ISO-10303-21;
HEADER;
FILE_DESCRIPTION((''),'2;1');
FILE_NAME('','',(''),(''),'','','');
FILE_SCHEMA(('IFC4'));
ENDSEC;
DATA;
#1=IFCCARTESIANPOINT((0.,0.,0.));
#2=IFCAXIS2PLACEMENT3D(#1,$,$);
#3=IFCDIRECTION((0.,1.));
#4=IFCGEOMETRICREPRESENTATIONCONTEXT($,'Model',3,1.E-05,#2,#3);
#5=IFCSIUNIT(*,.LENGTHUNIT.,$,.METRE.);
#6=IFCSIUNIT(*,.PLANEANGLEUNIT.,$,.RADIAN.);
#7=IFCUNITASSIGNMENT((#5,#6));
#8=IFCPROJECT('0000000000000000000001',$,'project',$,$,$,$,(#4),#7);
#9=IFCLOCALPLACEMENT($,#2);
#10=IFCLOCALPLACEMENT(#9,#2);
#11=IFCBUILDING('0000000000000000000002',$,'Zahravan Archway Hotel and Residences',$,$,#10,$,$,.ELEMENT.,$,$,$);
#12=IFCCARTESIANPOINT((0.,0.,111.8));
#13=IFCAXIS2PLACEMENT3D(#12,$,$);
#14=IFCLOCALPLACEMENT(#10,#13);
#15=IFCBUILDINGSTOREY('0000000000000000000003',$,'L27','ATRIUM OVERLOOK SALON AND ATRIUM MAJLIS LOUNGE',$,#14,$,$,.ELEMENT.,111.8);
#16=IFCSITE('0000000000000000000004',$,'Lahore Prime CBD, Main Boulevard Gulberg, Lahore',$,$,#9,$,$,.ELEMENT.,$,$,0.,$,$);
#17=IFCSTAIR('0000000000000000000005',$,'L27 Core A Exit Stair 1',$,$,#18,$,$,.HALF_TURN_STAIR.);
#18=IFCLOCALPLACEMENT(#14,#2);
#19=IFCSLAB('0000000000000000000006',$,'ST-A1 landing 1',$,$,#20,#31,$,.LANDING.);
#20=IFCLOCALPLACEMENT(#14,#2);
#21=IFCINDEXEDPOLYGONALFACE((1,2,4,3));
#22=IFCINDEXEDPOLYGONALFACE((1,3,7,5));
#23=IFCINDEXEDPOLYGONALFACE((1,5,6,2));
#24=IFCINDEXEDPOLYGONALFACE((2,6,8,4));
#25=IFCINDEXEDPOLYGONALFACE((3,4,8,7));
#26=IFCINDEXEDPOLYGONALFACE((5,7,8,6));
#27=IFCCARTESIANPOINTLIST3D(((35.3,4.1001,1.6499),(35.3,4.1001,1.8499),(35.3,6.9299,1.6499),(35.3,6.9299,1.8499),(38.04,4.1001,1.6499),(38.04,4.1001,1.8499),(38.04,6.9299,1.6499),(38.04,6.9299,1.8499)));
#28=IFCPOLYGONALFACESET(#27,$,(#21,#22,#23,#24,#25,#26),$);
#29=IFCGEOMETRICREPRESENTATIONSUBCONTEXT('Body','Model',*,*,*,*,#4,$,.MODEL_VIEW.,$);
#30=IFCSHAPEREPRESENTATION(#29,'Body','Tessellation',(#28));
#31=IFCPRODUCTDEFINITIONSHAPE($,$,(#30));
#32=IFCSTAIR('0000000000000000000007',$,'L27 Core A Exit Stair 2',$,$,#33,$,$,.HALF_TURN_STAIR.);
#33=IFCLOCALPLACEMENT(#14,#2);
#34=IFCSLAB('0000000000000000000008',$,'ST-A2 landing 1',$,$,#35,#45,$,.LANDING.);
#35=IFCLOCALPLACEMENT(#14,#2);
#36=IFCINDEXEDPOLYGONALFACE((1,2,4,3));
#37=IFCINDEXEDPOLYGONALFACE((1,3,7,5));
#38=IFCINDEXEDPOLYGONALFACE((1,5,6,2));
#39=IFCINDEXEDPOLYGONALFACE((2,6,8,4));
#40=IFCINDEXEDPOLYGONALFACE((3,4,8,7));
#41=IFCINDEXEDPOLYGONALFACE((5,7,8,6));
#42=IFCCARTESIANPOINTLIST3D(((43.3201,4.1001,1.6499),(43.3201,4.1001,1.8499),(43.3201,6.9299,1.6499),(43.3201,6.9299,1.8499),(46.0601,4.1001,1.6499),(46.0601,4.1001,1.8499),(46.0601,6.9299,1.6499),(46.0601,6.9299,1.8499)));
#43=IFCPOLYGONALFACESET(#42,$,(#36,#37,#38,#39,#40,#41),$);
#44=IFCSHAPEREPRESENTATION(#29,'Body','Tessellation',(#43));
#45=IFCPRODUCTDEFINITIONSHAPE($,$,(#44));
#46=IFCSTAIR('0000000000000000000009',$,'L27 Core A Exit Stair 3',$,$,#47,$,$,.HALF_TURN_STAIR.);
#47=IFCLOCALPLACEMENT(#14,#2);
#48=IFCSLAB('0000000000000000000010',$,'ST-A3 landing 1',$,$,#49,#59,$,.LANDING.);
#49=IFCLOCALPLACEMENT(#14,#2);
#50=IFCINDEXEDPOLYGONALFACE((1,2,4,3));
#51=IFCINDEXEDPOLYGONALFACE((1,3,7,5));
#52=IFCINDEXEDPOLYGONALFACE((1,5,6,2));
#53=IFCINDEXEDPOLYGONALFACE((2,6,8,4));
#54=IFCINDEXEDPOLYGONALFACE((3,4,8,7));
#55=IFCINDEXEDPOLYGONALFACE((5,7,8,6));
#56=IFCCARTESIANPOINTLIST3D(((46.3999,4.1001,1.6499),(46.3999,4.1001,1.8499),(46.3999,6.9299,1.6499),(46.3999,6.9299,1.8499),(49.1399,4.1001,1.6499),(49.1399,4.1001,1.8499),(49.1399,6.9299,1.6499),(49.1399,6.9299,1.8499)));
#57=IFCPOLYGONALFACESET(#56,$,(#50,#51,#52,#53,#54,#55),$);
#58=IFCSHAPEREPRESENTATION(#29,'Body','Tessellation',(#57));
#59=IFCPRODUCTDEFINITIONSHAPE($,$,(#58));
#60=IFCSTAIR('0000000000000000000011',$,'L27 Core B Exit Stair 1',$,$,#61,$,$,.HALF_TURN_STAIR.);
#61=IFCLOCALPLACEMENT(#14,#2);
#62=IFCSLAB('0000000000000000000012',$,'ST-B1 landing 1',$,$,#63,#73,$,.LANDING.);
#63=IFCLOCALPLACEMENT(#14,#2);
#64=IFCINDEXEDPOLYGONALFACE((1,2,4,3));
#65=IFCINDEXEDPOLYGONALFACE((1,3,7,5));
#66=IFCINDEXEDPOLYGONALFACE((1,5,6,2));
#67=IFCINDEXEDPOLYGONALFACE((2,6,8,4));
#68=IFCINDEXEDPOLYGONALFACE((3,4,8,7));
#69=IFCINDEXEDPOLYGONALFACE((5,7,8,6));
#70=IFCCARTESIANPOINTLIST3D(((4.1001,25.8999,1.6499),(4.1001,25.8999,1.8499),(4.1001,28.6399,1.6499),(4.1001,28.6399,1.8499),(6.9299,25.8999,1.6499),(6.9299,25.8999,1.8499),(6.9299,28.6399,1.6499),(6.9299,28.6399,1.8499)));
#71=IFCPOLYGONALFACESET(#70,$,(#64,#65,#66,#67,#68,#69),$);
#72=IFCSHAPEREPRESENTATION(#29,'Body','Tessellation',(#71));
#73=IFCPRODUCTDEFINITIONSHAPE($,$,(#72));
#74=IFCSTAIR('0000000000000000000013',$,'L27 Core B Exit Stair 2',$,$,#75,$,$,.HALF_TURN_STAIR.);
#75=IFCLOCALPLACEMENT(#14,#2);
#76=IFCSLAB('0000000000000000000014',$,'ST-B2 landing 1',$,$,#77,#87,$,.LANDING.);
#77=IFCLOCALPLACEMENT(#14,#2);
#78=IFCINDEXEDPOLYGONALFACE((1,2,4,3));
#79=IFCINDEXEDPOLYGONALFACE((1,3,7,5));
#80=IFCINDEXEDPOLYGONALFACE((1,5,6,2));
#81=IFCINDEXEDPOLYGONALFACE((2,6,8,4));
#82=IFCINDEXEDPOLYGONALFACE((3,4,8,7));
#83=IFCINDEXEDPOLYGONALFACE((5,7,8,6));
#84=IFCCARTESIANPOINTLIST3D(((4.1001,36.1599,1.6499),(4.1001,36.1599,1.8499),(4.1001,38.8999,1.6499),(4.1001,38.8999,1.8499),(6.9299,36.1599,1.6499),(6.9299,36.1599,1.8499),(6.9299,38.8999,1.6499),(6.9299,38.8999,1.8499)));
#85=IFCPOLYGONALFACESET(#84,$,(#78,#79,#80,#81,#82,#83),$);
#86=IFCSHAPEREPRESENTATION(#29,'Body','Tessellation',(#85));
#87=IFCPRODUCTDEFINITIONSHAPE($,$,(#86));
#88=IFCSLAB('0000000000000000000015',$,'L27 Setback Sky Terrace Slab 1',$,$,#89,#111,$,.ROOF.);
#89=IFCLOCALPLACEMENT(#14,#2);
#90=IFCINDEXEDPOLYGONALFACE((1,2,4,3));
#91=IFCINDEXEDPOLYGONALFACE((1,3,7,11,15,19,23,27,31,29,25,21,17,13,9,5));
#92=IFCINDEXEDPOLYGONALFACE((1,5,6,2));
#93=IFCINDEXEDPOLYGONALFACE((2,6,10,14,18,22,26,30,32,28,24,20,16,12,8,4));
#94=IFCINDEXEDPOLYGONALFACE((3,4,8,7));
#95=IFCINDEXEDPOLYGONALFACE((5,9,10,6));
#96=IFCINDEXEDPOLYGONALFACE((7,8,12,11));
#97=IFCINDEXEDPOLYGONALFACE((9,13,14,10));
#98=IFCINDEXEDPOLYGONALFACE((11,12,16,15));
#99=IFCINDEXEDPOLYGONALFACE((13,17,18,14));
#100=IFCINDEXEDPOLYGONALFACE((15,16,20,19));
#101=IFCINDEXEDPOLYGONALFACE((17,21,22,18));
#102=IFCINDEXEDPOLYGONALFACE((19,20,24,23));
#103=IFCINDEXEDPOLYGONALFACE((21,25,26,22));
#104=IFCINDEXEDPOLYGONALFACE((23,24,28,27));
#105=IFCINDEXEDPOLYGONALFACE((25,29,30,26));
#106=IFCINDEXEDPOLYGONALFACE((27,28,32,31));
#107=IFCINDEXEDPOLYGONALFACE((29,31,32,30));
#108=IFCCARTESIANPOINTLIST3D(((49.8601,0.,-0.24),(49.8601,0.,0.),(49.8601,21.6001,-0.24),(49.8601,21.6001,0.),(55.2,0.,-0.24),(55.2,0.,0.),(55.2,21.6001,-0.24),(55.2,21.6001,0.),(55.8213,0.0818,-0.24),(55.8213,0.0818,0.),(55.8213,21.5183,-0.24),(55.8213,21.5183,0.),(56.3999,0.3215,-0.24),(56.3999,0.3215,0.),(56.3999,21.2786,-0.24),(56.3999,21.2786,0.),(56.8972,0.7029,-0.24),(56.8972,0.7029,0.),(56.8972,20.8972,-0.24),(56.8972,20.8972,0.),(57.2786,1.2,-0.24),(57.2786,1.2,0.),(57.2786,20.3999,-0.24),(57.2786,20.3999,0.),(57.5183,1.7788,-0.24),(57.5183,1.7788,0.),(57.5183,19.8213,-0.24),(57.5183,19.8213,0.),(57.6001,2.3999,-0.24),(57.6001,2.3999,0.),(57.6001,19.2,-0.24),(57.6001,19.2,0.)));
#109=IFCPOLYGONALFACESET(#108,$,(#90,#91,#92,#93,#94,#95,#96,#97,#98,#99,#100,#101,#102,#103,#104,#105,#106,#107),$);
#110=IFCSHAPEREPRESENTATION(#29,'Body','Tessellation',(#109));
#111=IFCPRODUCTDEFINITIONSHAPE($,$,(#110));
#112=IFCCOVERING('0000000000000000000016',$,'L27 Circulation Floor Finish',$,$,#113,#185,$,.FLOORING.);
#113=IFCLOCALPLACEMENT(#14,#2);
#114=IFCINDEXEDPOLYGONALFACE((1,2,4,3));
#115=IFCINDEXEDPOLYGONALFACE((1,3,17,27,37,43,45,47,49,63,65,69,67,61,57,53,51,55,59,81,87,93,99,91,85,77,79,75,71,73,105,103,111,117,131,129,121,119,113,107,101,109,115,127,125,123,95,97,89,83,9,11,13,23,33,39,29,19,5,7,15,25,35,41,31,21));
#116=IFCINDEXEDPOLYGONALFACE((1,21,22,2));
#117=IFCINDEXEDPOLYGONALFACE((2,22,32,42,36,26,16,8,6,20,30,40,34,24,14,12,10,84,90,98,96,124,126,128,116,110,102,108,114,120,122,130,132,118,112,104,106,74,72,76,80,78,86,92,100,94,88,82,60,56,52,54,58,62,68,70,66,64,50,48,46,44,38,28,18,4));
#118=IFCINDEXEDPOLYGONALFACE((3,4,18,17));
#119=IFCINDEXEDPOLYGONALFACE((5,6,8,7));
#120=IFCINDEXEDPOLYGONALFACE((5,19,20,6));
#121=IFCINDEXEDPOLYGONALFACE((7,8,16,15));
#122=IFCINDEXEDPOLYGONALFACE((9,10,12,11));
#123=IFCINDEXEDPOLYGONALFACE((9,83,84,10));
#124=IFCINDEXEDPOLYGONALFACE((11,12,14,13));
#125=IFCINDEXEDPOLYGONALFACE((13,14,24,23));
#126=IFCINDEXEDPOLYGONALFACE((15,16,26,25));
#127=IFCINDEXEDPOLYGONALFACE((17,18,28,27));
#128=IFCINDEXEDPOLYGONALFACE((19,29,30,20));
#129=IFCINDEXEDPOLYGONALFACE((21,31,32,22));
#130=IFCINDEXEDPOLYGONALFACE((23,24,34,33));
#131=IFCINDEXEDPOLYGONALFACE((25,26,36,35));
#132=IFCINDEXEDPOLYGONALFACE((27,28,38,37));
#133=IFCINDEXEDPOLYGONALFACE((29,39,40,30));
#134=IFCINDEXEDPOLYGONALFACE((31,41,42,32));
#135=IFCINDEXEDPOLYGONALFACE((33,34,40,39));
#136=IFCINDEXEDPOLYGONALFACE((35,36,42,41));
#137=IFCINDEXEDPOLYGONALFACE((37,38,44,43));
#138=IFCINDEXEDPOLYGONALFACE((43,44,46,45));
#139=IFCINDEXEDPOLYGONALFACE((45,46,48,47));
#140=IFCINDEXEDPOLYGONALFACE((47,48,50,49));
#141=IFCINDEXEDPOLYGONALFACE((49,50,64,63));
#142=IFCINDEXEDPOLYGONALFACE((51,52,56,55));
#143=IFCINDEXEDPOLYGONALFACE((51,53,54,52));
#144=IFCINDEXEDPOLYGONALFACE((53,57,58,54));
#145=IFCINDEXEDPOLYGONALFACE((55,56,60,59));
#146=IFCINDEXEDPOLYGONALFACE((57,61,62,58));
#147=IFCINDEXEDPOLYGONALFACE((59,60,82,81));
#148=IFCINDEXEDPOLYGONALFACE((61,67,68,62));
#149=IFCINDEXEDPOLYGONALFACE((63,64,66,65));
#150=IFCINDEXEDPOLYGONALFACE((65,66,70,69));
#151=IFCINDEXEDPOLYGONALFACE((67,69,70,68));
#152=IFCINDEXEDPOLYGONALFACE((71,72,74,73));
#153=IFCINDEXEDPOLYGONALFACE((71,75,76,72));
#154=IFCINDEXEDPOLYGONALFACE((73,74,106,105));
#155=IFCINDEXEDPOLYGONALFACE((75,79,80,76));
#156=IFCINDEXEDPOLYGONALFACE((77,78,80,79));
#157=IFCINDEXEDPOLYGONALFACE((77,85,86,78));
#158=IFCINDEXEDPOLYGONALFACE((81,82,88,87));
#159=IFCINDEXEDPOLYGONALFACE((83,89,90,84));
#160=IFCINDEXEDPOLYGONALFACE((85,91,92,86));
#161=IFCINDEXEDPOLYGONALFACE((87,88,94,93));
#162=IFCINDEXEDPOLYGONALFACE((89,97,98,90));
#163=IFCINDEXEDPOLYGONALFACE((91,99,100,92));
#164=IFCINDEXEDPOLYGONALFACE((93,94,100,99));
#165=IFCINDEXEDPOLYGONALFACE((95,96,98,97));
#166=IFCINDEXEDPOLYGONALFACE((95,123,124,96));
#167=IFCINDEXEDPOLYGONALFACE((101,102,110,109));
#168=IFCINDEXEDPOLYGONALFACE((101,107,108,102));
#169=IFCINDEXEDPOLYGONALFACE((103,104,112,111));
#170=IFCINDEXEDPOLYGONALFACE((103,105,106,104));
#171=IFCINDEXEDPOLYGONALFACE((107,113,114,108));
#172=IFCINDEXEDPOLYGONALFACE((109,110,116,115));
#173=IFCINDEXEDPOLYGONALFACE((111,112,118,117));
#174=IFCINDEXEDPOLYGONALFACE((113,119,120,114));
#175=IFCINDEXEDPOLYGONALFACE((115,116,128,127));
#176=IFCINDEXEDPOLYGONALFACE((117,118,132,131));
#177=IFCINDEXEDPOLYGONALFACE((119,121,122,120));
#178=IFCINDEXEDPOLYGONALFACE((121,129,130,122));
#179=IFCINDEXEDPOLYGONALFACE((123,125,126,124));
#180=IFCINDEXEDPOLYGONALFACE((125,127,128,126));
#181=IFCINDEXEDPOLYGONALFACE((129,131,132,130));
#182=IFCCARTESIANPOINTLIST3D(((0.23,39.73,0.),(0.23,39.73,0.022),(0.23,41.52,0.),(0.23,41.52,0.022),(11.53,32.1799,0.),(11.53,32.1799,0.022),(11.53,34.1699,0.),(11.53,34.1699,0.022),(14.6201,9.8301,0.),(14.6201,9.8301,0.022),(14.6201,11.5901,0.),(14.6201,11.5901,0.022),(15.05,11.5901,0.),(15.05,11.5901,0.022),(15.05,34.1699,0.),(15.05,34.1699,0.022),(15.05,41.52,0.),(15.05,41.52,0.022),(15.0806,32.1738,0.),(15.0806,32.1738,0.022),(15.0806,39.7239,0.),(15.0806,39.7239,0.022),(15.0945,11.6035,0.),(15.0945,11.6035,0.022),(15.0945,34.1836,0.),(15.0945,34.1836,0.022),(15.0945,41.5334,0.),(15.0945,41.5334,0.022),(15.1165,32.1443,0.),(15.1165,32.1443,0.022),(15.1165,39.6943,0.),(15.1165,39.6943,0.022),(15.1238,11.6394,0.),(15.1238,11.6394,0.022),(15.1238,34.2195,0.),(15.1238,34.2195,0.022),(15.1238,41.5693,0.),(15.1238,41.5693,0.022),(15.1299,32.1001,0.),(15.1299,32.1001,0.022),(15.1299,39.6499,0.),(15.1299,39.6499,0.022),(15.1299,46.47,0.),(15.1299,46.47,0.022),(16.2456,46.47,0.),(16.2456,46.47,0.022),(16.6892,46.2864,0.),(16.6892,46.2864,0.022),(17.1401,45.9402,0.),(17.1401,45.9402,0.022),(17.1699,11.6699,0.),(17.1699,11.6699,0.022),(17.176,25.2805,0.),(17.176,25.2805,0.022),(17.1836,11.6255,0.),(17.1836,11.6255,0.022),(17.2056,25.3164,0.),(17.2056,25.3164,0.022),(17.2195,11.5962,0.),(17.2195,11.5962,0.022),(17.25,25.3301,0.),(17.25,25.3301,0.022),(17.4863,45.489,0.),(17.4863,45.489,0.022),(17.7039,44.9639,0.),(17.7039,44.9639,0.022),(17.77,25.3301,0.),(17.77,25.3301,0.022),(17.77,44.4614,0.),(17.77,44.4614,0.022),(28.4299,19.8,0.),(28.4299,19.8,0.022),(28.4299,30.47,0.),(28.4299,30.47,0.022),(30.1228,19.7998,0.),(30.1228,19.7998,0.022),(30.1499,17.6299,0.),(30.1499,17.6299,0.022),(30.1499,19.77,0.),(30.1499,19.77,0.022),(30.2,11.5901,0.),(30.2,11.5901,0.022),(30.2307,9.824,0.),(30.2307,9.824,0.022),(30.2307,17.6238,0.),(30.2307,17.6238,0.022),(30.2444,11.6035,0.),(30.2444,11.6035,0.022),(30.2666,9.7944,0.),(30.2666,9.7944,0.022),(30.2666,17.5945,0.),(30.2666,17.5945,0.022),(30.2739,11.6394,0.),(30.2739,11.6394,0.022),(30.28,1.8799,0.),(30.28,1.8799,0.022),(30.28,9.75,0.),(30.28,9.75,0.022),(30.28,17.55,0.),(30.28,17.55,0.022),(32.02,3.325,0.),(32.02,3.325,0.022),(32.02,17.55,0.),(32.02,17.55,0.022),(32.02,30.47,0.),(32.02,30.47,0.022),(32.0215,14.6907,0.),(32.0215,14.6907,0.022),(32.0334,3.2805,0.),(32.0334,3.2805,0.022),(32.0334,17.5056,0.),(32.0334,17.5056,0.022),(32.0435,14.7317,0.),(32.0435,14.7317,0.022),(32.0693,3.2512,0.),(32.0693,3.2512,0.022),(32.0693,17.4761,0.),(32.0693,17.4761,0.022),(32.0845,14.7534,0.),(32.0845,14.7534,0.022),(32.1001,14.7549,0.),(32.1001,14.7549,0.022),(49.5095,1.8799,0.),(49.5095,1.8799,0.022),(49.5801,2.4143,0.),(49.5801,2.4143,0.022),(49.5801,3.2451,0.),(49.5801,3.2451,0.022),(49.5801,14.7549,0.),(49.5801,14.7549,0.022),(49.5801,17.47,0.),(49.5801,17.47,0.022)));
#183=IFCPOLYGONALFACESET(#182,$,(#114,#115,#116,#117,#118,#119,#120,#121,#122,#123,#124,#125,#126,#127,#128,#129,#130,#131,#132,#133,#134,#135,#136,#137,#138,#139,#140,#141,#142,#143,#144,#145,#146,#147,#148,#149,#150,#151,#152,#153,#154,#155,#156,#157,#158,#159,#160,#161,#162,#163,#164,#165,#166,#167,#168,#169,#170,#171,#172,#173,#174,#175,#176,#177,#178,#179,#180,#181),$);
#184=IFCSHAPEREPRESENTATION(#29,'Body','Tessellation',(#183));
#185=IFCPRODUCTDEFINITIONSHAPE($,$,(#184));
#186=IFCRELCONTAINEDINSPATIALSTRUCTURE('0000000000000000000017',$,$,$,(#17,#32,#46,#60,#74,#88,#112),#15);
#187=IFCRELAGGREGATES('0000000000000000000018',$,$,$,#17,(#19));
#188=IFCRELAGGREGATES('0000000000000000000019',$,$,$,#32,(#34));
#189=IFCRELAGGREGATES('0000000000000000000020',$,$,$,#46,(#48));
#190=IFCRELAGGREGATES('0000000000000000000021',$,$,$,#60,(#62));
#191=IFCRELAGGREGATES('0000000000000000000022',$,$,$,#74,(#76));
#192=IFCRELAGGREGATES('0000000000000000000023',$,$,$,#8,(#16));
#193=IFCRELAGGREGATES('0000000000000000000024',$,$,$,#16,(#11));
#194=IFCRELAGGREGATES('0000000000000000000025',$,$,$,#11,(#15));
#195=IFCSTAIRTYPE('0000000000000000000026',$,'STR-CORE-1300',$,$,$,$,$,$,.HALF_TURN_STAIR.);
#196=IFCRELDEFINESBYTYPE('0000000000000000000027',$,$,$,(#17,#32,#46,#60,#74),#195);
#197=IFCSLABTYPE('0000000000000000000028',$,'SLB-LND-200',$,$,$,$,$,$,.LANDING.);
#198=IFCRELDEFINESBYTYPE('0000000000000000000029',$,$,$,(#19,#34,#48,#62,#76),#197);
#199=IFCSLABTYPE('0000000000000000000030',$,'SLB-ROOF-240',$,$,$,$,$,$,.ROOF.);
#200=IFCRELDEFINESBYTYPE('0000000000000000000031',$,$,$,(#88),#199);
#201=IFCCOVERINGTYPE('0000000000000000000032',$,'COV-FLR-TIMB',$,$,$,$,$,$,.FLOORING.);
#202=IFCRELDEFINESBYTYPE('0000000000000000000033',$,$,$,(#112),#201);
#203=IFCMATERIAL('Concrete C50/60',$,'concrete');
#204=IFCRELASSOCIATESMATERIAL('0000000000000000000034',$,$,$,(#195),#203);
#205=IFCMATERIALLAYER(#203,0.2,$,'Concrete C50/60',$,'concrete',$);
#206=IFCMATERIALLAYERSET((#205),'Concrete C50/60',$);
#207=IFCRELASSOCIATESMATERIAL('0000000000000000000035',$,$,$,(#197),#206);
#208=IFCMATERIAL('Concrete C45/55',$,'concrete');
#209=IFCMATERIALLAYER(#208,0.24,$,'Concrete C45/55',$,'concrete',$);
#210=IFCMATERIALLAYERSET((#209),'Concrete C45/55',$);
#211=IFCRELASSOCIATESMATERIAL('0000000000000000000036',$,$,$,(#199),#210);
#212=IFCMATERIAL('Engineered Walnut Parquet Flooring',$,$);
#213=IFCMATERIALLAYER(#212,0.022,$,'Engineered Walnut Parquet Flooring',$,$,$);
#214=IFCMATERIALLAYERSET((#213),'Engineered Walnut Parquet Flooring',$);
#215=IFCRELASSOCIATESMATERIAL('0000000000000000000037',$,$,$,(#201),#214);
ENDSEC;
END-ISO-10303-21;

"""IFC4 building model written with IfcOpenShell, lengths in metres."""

from ifc_helpers import new_model, si_unit, direction, frame, origin, place, context, subcontext, project, spatial, polyline, outline, extrude, material, layer, layer_set, type_object, element, aggregate, save


model = new_model("IFC4")

# Units and contexts
model_context = context("Model", 3, precision=1e-05, world=origin(), true_north=direction((0.0, 1.0)))
body_context = subcontext(model_context, "Body", "Model", "MODEL_VIEW")
ifc_project = project(units=[si_unit("LENGTHUNIT", "METRE"), si_unit("PLANEANGLEUNIT", "RADIAN")], contexts=[model_context])

# Site, building, storey
site_placement = place(None, origin())
site = spatial("IfcSite", under=ifc_project, at=site_placement, Name="Lahore Prime CBD, Main Boulevard Gulberg, Lahore", CompositionType="ELEMENT", RefElevation=0.0)
building_placement = place(site_placement, origin())
building = spatial("IfcBuilding", under=site, at=building_placement, Name="Zahravan Archway Hotel and Residences", CompositionType="ELEMENT")
storey_placement = place(building_placement, frame((0.0, 0.0, 111.8)))
storey = spatial("IfcBuildingStorey", under=building, at=storey_placement, Name="L27", Description="ATRIUM OVERLOOK SALON AND ATRIUM MAJLIS LOUNGE", CompositionType="ELEMENT", Elevation=111.8)

# Shared definitions
ifc_material_1 = material(Name="Concrete C45/55", Category="concrete")

# Stairs, slabs
ifc_material_2 = material(Name="Concrete C50/60", Category="concrete")
stair_type = type_object("IfcStairType", Name="STR-CORE-1300", PredefinedType="HALF_TURN_STAIR", material=ifc_material_2)
stair_1_placement = place(storey_placement, origin())
stair_1 = element("IfcStair", 1, at=stair_1_placement, inside=storey, type_object=stair_type, Name="L27 Core A Exit Stair 1", PredefinedType="HALF_TURN_STAIR")
ifc_layer_1 = layer(ifc_material_2, 0.2, Name="Concrete C50/60", Category="concrete")
ifc_layer_set_1 = layer_set([ifc_layer_1], Name="Concrete C50/60")
slab_type_1 = type_object("IfcSlabType", Name="SLB-LND-200", PredefinedType="LANDING", material=ifc_layer_set_1)
slab_1_placement = place(storey_placement, frame((0.0, 0.0, 1.6499)))
slab_1 = element("IfcSlab", 2, at=slab_1_placement, type_object=slab_type_1, Name="ST-A1 landing 1", PredefinedType="LANDING", context=body_context, shape_type="SweptSolid", body=[
    extrude(outline(polyline([(35.3, 6.9299), (35.3, 4.1001), (38.04, 4.1001), (38.04, 6.9299), (35.3, 6.9299)])), origin(), (0.0, 0.0, 1.0), 0.2),
])
aggregate(stair_1, [slab_1])
stair_2_placement = place(storey_placement, origin())
stair_2 = element("IfcStair", 3, at=stair_2_placement, inside=storey, type_object=stair_type, Name="L27 Core A Exit Stair 2", PredefinedType="HALF_TURN_STAIR")
slab_2_placement = place(storey_placement, frame((0.0, 0.0, 1.6499)))
slab_2 = element("IfcSlab", 4, at=slab_2_placement, type_object=slab_type_1, Name="ST-A2 landing 1", PredefinedType="LANDING", context=body_context, shape_type="SweptSolid", body=[
    extrude(outline(polyline([(43.3201, 6.9299), (43.3201, 4.1001), (46.0601, 4.1001), (46.0601, 6.9299), (43.3201, 6.9299)])), origin(), (0.0, 0.0, 1.0), 0.2),
])
aggregate(stair_2, [slab_2])
stair_3_placement = place(storey_placement, origin())
stair_3 = element("IfcStair", 5, at=stair_3_placement, inside=storey, type_object=stair_type, Name="L27 Core A Exit Stair 3", PredefinedType="HALF_TURN_STAIR")
slab_3_placement = place(storey_placement, frame((0.0, 0.0, 1.6499)))
slab_3 = element("IfcSlab", 6, at=slab_3_placement, type_object=slab_type_1, Name="ST-A3 landing 1", PredefinedType="LANDING", context=body_context, shape_type="SweptSolid", body=[
    extrude(outline(polyline([(46.3999, 6.9299), (46.3999, 4.1001), (49.1399, 4.1001), (49.1399, 6.9299), (46.3999, 6.9299)])), origin(), (0.0, 0.0, 1.0), 0.2),
])
aggregate(stair_3, [slab_3])
stair_4_placement = place(storey_placement, origin())
stair_4 = element("IfcStair", 7, at=stair_4_placement, inside=storey, type_object=stair_type, Name="L27 Core B Exit Stair 1", PredefinedType="HALF_TURN_STAIR")
slab_4_placement = place(storey_placement, frame((0.0, 0.0, 1.6499)))
slab_4 = element("IfcSlab", 8, at=slab_4_placement, type_object=slab_type_1, Name="ST-B1 landing 1", PredefinedType="LANDING", context=body_context, shape_type="SweptSolid", body=[
    extrude(outline(polyline([(6.9299, 28.6399), (4.1001, 28.6399), (4.1001, 25.8999), (6.9299, 25.8999), (6.9299, 28.6399)])), origin(), (0.0, 0.0, 1.0), 0.2),
])
aggregate(stair_4, [slab_4])
stair_5_placement = place(storey_placement, origin())
stair_5 = element("IfcStair", 9, at=stair_5_placement, inside=storey, type_object=stair_type, Name="L27 Core B Exit Stair 2", PredefinedType="HALF_TURN_STAIR")
slab_5_placement = place(storey_placement, frame((0.0, 0.0, 1.6499)))
slab_5 = element("IfcSlab", 10, at=slab_5_placement, type_object=slab_type_1, Name="ST-B2 landing 1", PredefinedType="LANDING", context=body_context, shape_type="SweptSolid", body=[
    extrude(outline(polyline([(6.9299, 38.8999), (4.1001, 38.8999), (4.1001, 36.1599), (6.9299, 36.1599), (6.9299, 38.8999)])), origin(), (0.0, 0.0, 1.0), 0.2),
])
aggregate(stair_5, [slab_5])

# Slab
ifc_layer_2 = layer(ifc_material_1, 0.24, Name="Concrete C45/55", Category="concrete")
ifc_layer_set_2 = layer_set([ifc_layer_2], Name="Concrete C45/55")
slab_type_2 = type_object("IfcSlabType", Name="SLB-ROOF-240", PredefinedType="ROOF", material=ifc_layer_set_2)
slab_6_placement = place(storey_placement, frame((0.0, 0.0, -0.24)))
element("IfcSlab", 11, at=slab_6_placement, inside=storey, type_object=slab_type_2, Name="L27 Setback Sky Terrace Slab 1", PredefinedType="ROOF", context=body_context, shape_type="SweptSolid", body=[
    extrude(outline(polyline([(55.8213, 21.5183), (56.3999, 21.2786), (56.8972, 20.8972), (57.2786, 20.3999), (57.5183, 19.8213), (57.6001, 19.2), (57.6001, 2.3999), (57.5183, 1.7788), (57.2786, 1.2), (56.8972, 0.7029), (56.3999, 0.3215), (55.8213, 0.0818), (55.2, 0.0), (49.8601, 0.0), (49.8601, 21.6001), (55.2, 21.6001), (55.8213, 21.5183)])), origin(), (0.0, 0.0, 1.0), 0.24),
])

# Covering
ifc_material_3 = material(Name="Engineered Walnut Parquet Flooring")
ifc_layer_3 = layer(ifc_material_3, 0.022, Name="Engineered Walnut Parquet Flooring")
ifc_layer_set_3 = layer_set([ifc_layer_3], Name="Engineered Walnut Parquet Flooring")
covering_type = type_object("IfcCoveringType", Name="COV-FLR-TIMB", PredefinedType="FLOORING", material=ifc_layer_set_3)
covering_placement = place(storey_placement, origin())
element("IfcCovering", 12, at=covering_placement, inside=storey, type_object=covering_type, Name="L27 Circulation Floor Finish", PredefinedType="FLOORING", context=body_context, shape_type="SweptSolid", body=[
    extrude(outline(polyline([(32.0845, 14.7534), (32.0435, 14.7317), (32.0215, 14.6907), (32.02, 3.325), (32.0334, 3.2805), (32.0693, 3.2512), (49.5801, 3.2451), (49.5801, 2.4143), (49.5095, 1.8799), (30.28, 1.8799), (30.28, 9.75), (30.2666, 9.7944), (30.2307, 9.824), (14.6201, 9.8301), (14.6201, 11.5901), (15.05, 11.5901), (15.0945, 11.6035), (15.1238, 11.6394), (15.1299, 32.1001), (15.1165, 32.1443), (15.0806, 32.1738), (11.53, 32.1799), (11.53, 34.1699), (15.05, 34.1699), (15.0945, 34.1836), (15.1238, 34.2195), (15.1299, 39.6499), (15.1165, 39.6943), (15.0806, 39.7239), (0.23, 39.73), (0.23, 41.52), (15.05, 41.52), (15.0945, 41.5334), (15.1238, 41.5693), (15.1299, 46.47), (16.2456, 46.47), (16.6892, 46.2864), (17.1401, 45.9402), (17.4863, 45.489), (17.7039, 44.9639), (17.77, 44.4614), (17.77, 25.3301), (17.25, 25.3301), (17.2056, 25.3164), (17.176, 25.2805), (17.1699, 11.6699), (17.1836, 11.6255), (17.2195, 11.5962), (30.2, 11.5901), (30.2444, 11.6035), (30.2739, 11.6394), (30.28, 17.55), (30.2666, 17.5945), (30.2307, 17.6238), (30.1499, 17.6299), (30.1499, 19.77), (30.1228, 19.7998), (28.4299, 19.8), (28.4299, 30.47), (32.02, 30.47), (32.02, 17.55), (32.0334, 17.5056), (32.0693, 17.4761), (49.5801, 17.47), (49.5801, 14.7549), (32.1001, 14.7549), (32.0845, 14.7534)])), origin(), (0.0, 0.0, 1.0), 0.022),
])

save(model, "model.ifc")
